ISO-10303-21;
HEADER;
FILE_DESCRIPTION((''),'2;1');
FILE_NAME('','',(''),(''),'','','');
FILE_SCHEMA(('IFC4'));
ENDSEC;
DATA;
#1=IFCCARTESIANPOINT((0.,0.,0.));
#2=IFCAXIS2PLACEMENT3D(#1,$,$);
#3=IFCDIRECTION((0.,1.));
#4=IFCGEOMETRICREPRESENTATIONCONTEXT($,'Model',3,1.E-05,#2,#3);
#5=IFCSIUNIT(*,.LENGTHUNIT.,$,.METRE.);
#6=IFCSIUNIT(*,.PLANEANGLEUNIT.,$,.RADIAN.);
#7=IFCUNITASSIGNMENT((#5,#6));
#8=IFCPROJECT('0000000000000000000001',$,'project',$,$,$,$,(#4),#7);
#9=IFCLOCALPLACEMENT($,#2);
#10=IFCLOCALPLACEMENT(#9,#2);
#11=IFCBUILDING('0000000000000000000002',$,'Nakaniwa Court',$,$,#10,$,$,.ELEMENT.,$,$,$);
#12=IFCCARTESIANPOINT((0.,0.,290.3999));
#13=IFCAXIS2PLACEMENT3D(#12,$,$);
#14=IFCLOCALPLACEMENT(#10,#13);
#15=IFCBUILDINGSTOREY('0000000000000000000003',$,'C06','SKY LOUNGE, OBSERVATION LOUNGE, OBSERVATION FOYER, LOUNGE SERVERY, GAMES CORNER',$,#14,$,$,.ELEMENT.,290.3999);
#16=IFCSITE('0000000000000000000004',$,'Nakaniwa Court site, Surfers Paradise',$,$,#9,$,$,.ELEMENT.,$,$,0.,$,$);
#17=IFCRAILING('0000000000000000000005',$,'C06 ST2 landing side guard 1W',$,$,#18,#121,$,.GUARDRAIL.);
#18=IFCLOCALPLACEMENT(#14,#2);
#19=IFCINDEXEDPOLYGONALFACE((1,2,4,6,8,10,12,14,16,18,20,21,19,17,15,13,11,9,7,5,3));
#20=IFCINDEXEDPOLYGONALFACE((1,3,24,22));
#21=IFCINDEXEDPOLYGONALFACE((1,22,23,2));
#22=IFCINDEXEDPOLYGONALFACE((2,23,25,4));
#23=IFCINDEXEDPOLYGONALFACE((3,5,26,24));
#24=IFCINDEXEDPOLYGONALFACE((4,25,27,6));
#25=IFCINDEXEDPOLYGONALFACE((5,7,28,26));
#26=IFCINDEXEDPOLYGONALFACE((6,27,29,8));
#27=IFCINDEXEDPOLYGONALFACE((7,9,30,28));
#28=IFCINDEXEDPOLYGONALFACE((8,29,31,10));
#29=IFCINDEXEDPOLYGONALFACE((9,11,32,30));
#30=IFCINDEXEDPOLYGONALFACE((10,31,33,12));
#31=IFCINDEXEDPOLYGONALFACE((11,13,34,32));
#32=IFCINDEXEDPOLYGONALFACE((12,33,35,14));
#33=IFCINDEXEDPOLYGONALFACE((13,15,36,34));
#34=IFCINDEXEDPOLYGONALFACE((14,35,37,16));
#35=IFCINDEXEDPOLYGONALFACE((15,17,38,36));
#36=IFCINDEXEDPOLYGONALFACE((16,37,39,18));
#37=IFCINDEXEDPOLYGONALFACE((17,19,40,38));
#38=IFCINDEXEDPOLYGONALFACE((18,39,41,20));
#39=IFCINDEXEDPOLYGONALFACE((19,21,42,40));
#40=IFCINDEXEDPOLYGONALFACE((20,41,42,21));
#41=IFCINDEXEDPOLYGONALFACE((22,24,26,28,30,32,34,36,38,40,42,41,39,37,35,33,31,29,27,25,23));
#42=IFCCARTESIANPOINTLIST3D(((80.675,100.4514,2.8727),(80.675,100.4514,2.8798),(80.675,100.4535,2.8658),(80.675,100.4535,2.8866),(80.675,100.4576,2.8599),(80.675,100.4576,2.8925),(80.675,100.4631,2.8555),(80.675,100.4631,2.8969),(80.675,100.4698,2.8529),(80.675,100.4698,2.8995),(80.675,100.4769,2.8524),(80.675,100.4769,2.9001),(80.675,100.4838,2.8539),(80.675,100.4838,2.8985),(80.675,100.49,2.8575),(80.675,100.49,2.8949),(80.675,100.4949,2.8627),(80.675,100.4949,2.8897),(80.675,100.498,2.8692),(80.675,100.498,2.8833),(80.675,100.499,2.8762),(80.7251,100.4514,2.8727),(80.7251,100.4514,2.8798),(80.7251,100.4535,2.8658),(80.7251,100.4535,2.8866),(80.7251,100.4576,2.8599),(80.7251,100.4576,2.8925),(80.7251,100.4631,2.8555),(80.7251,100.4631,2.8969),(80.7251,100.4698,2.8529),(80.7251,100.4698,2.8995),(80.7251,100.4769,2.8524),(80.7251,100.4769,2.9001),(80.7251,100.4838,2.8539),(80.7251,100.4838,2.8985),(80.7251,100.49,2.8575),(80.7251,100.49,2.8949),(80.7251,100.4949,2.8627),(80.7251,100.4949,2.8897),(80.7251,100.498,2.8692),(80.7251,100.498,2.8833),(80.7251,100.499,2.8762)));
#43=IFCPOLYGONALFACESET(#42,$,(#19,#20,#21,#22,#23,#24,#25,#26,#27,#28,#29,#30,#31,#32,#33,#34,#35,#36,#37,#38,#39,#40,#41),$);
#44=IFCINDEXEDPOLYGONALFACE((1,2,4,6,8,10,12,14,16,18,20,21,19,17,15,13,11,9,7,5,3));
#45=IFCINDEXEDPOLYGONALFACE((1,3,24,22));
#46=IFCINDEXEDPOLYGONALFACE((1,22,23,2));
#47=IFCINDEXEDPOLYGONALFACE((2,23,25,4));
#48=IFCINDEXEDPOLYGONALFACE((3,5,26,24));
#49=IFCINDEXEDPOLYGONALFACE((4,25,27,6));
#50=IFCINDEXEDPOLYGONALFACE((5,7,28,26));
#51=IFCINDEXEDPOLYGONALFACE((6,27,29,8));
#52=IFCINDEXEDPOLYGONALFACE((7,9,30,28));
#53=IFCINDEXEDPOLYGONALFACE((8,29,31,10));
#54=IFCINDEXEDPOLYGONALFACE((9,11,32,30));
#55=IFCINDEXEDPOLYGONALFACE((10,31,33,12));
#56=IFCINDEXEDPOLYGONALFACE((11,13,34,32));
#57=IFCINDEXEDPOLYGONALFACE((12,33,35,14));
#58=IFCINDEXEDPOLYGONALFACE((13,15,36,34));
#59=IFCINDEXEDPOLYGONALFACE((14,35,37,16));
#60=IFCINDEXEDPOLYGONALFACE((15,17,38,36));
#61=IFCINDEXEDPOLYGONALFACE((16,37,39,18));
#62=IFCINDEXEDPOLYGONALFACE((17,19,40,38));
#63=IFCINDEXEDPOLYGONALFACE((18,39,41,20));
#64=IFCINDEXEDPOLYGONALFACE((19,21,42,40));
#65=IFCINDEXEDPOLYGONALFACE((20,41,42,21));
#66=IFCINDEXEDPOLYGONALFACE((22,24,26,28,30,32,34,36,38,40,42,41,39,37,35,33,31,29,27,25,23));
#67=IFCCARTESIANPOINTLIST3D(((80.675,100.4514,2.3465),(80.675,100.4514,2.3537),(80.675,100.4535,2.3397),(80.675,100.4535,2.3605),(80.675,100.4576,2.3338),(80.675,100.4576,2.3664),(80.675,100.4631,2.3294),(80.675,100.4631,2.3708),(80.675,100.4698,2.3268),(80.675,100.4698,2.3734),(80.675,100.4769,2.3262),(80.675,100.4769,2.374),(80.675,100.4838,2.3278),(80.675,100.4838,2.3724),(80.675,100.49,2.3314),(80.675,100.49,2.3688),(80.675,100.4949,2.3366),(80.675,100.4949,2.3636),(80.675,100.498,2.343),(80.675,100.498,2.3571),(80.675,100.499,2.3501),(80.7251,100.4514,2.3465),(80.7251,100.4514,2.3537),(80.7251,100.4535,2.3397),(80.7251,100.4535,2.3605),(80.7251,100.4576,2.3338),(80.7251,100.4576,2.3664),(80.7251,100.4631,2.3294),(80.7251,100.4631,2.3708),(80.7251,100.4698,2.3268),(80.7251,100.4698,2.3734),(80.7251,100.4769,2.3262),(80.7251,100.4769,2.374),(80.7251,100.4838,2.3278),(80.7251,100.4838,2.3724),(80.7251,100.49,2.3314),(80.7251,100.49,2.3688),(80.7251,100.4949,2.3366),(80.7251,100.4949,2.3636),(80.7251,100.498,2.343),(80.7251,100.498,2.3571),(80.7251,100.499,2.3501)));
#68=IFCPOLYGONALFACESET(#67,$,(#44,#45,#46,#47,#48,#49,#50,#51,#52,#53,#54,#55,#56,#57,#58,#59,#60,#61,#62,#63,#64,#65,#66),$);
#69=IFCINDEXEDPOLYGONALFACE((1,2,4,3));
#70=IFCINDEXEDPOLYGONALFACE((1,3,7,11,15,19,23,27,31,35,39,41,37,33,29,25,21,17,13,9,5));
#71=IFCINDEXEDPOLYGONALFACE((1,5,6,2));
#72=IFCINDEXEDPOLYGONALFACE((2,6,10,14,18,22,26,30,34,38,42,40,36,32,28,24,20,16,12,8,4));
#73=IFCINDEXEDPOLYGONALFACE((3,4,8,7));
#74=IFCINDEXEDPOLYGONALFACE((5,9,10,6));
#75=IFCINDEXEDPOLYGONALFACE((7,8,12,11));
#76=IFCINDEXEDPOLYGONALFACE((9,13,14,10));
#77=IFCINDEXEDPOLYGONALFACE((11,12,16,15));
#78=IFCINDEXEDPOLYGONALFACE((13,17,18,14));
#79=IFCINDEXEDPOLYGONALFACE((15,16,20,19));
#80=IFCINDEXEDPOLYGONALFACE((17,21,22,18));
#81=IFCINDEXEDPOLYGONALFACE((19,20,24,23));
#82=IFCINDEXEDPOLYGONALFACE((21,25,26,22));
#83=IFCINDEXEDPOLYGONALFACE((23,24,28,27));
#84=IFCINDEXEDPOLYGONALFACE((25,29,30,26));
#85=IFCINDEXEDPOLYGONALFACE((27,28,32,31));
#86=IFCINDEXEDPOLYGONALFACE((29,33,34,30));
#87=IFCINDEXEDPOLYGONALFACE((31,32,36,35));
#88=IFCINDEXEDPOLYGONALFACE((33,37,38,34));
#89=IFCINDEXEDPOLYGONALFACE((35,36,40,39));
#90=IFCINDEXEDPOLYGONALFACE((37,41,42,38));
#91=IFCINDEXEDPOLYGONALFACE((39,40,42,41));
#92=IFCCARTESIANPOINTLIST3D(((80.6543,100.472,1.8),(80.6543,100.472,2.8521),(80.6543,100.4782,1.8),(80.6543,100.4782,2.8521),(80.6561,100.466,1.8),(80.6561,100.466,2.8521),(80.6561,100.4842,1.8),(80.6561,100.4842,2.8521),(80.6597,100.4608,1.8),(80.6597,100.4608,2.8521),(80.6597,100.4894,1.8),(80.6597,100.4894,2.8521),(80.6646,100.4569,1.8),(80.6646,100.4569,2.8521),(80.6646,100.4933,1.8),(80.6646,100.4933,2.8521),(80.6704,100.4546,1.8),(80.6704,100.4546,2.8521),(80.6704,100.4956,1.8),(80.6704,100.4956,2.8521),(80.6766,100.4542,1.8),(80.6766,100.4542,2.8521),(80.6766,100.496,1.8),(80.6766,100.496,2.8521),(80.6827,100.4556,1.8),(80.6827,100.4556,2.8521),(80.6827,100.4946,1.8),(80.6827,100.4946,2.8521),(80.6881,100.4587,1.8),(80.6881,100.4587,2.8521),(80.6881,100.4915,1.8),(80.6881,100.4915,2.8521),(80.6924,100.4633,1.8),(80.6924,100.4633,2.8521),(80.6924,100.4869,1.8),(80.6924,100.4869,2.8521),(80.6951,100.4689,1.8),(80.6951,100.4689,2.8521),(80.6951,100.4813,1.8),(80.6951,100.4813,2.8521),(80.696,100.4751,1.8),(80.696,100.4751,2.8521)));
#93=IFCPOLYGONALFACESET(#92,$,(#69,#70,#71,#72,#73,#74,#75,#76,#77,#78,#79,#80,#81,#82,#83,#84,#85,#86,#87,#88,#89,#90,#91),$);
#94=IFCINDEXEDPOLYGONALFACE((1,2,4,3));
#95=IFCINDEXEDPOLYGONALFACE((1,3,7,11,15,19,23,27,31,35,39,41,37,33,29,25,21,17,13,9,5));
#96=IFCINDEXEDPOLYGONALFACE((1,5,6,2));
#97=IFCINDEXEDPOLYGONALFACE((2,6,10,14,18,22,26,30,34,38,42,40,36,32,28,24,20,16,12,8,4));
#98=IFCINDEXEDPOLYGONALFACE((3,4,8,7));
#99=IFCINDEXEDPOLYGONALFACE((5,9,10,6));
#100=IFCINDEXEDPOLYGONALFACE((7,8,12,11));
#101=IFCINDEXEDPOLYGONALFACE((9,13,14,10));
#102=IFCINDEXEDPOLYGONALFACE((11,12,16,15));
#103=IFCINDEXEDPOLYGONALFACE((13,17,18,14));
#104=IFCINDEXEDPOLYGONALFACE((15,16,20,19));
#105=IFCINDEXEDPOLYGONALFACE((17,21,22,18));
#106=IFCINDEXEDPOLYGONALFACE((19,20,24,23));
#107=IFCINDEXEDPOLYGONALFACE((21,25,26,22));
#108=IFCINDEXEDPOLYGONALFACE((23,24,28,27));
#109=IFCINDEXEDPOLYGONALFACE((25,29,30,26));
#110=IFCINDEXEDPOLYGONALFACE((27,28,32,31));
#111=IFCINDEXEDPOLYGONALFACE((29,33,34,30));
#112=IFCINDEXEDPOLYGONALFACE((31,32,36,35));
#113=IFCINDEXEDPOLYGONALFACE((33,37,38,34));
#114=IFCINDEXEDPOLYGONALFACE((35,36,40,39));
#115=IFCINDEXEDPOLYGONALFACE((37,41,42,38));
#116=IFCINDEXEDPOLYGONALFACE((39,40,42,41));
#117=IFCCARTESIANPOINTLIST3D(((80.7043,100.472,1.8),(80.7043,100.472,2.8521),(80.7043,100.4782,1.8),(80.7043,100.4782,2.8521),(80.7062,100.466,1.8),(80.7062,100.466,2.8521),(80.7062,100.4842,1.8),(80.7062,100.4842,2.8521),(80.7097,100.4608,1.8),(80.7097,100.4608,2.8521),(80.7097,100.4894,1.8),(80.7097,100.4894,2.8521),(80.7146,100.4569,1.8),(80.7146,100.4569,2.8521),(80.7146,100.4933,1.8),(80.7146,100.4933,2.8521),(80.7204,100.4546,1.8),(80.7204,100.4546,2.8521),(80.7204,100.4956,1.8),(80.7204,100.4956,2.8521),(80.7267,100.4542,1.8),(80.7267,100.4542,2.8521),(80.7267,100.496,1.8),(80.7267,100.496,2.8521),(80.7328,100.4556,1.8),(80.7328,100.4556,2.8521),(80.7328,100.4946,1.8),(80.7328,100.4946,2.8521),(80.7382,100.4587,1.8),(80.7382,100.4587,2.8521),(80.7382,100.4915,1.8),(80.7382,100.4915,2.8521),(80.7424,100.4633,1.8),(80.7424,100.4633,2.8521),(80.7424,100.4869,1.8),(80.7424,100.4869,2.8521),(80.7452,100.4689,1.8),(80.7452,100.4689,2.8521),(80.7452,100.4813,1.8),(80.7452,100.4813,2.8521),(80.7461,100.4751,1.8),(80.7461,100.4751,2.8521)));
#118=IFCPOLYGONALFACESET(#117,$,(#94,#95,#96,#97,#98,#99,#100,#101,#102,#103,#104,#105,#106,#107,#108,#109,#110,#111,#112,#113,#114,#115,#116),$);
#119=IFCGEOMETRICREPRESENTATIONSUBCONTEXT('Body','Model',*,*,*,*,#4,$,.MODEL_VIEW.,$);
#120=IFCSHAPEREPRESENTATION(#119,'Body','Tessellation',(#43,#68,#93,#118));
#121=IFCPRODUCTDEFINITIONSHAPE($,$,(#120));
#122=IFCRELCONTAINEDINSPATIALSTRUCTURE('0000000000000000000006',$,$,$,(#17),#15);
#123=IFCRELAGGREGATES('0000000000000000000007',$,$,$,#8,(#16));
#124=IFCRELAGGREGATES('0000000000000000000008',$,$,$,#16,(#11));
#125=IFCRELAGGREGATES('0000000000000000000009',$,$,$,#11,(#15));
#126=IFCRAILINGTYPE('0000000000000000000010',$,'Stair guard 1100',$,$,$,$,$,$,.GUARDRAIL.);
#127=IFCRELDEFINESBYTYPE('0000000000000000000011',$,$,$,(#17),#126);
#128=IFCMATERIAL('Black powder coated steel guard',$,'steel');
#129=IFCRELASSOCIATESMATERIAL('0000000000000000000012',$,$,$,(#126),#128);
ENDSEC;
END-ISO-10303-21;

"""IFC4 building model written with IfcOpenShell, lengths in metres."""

from ifc_helpers import new_model, si_unit, direction, frame, origin, origin_2d, place, context, subcontext, project, spatial, circle, extrude, material, type_object, element, save


model = new_model("IFC4")

# Units and contexts
model_context = context("Model", 3, precision=1e-05, world=origin(), true_north=direction((0.0, 1.0)))
body_context = subcontext(model_context, "Body", "Model", "MODEL_VIEW")
ifc_project = project(units=[si_unit("LENGTHUNIT", "METRE"), si_unit("PLANEANGLEUNIT", "RADIAN")], contexts=[model_context])

# Site, building, storey
site_placement = place(None, origin())
site = spatial("IfcSite", under=ifc_project, at=site_placement, Name="Nakaniwa Court site, Surfers Paradise", CompositionType="ELEMENT", RefElevation=0.0)
building_placement = place(site_placement, origin())
building = spatial("IfcBuilding", under=site, at=building_placement, Name="Nakaniwa Court", CompositionType="ELEMENT")
storey_placement = place(building_placement, frame((0.0, 0.0, 290.3999)))
storey = spatial("IfcBuildingStorey", under=building, at=storey_placement, Name="C06", Description="SKY LOUNGE, OBSERVATION LOUNGE, OBSERVATION FOYER, LOUNGE SERVERY, GAMES CORNER", CompositionType="ELEMENT", Elevation=290.3999)

# Railing
ifc_material_1 = material(Name="Black powder coated steel guard", Category="steel")
railing_type_1 = type_object("IfcRailingType", Name="Stair guard 1100", PredefinedType="GUARDRAIL", material=ifc_material_1)
for number, where, name in (
    (1, (80.675, 100.4751, 1.8), "C06 ST2 landing side guard 1W"),
):
    element("IfcRailing", number, at=place(storey_placement, frame(where)), inside=storey, type_object=railing_type_1, Name=name, PredefinedType="GUARDRAIL", context=body_context, shape_type="SweptSolid", body=[
        extrude(circle(Radius=0.0239, at=origin_2d()), frame((0.0, 0.0, 1.0762), z_axis=(1.0, 0.0, 0.0), x_axis=(0.0, 1.0, 0.0)), (0.0, 0.0, 1.0), 0.05),
        extrude(circle(Radius=0.0239, at=origin_2d()), frame((0.0, 0.0, 0.55), z_axis=(1.0, 0.0, 0.0), x_axis=(0.0, 1.0, 0.0)), (0.0, 0.0, 1.0), 0.05),
        extrude(circle(Radius=0.021, at=origin_2d()), origin(), (0.0, 0.0, 1.0), 1.052),
        extrude(circle(Radius=0.021, at=origin_2d()), frame((0.05, 0.0, 0.0)), (0.0, 0.0, 1.0), 1.052),
    ])

save(model, "model.ifc")
